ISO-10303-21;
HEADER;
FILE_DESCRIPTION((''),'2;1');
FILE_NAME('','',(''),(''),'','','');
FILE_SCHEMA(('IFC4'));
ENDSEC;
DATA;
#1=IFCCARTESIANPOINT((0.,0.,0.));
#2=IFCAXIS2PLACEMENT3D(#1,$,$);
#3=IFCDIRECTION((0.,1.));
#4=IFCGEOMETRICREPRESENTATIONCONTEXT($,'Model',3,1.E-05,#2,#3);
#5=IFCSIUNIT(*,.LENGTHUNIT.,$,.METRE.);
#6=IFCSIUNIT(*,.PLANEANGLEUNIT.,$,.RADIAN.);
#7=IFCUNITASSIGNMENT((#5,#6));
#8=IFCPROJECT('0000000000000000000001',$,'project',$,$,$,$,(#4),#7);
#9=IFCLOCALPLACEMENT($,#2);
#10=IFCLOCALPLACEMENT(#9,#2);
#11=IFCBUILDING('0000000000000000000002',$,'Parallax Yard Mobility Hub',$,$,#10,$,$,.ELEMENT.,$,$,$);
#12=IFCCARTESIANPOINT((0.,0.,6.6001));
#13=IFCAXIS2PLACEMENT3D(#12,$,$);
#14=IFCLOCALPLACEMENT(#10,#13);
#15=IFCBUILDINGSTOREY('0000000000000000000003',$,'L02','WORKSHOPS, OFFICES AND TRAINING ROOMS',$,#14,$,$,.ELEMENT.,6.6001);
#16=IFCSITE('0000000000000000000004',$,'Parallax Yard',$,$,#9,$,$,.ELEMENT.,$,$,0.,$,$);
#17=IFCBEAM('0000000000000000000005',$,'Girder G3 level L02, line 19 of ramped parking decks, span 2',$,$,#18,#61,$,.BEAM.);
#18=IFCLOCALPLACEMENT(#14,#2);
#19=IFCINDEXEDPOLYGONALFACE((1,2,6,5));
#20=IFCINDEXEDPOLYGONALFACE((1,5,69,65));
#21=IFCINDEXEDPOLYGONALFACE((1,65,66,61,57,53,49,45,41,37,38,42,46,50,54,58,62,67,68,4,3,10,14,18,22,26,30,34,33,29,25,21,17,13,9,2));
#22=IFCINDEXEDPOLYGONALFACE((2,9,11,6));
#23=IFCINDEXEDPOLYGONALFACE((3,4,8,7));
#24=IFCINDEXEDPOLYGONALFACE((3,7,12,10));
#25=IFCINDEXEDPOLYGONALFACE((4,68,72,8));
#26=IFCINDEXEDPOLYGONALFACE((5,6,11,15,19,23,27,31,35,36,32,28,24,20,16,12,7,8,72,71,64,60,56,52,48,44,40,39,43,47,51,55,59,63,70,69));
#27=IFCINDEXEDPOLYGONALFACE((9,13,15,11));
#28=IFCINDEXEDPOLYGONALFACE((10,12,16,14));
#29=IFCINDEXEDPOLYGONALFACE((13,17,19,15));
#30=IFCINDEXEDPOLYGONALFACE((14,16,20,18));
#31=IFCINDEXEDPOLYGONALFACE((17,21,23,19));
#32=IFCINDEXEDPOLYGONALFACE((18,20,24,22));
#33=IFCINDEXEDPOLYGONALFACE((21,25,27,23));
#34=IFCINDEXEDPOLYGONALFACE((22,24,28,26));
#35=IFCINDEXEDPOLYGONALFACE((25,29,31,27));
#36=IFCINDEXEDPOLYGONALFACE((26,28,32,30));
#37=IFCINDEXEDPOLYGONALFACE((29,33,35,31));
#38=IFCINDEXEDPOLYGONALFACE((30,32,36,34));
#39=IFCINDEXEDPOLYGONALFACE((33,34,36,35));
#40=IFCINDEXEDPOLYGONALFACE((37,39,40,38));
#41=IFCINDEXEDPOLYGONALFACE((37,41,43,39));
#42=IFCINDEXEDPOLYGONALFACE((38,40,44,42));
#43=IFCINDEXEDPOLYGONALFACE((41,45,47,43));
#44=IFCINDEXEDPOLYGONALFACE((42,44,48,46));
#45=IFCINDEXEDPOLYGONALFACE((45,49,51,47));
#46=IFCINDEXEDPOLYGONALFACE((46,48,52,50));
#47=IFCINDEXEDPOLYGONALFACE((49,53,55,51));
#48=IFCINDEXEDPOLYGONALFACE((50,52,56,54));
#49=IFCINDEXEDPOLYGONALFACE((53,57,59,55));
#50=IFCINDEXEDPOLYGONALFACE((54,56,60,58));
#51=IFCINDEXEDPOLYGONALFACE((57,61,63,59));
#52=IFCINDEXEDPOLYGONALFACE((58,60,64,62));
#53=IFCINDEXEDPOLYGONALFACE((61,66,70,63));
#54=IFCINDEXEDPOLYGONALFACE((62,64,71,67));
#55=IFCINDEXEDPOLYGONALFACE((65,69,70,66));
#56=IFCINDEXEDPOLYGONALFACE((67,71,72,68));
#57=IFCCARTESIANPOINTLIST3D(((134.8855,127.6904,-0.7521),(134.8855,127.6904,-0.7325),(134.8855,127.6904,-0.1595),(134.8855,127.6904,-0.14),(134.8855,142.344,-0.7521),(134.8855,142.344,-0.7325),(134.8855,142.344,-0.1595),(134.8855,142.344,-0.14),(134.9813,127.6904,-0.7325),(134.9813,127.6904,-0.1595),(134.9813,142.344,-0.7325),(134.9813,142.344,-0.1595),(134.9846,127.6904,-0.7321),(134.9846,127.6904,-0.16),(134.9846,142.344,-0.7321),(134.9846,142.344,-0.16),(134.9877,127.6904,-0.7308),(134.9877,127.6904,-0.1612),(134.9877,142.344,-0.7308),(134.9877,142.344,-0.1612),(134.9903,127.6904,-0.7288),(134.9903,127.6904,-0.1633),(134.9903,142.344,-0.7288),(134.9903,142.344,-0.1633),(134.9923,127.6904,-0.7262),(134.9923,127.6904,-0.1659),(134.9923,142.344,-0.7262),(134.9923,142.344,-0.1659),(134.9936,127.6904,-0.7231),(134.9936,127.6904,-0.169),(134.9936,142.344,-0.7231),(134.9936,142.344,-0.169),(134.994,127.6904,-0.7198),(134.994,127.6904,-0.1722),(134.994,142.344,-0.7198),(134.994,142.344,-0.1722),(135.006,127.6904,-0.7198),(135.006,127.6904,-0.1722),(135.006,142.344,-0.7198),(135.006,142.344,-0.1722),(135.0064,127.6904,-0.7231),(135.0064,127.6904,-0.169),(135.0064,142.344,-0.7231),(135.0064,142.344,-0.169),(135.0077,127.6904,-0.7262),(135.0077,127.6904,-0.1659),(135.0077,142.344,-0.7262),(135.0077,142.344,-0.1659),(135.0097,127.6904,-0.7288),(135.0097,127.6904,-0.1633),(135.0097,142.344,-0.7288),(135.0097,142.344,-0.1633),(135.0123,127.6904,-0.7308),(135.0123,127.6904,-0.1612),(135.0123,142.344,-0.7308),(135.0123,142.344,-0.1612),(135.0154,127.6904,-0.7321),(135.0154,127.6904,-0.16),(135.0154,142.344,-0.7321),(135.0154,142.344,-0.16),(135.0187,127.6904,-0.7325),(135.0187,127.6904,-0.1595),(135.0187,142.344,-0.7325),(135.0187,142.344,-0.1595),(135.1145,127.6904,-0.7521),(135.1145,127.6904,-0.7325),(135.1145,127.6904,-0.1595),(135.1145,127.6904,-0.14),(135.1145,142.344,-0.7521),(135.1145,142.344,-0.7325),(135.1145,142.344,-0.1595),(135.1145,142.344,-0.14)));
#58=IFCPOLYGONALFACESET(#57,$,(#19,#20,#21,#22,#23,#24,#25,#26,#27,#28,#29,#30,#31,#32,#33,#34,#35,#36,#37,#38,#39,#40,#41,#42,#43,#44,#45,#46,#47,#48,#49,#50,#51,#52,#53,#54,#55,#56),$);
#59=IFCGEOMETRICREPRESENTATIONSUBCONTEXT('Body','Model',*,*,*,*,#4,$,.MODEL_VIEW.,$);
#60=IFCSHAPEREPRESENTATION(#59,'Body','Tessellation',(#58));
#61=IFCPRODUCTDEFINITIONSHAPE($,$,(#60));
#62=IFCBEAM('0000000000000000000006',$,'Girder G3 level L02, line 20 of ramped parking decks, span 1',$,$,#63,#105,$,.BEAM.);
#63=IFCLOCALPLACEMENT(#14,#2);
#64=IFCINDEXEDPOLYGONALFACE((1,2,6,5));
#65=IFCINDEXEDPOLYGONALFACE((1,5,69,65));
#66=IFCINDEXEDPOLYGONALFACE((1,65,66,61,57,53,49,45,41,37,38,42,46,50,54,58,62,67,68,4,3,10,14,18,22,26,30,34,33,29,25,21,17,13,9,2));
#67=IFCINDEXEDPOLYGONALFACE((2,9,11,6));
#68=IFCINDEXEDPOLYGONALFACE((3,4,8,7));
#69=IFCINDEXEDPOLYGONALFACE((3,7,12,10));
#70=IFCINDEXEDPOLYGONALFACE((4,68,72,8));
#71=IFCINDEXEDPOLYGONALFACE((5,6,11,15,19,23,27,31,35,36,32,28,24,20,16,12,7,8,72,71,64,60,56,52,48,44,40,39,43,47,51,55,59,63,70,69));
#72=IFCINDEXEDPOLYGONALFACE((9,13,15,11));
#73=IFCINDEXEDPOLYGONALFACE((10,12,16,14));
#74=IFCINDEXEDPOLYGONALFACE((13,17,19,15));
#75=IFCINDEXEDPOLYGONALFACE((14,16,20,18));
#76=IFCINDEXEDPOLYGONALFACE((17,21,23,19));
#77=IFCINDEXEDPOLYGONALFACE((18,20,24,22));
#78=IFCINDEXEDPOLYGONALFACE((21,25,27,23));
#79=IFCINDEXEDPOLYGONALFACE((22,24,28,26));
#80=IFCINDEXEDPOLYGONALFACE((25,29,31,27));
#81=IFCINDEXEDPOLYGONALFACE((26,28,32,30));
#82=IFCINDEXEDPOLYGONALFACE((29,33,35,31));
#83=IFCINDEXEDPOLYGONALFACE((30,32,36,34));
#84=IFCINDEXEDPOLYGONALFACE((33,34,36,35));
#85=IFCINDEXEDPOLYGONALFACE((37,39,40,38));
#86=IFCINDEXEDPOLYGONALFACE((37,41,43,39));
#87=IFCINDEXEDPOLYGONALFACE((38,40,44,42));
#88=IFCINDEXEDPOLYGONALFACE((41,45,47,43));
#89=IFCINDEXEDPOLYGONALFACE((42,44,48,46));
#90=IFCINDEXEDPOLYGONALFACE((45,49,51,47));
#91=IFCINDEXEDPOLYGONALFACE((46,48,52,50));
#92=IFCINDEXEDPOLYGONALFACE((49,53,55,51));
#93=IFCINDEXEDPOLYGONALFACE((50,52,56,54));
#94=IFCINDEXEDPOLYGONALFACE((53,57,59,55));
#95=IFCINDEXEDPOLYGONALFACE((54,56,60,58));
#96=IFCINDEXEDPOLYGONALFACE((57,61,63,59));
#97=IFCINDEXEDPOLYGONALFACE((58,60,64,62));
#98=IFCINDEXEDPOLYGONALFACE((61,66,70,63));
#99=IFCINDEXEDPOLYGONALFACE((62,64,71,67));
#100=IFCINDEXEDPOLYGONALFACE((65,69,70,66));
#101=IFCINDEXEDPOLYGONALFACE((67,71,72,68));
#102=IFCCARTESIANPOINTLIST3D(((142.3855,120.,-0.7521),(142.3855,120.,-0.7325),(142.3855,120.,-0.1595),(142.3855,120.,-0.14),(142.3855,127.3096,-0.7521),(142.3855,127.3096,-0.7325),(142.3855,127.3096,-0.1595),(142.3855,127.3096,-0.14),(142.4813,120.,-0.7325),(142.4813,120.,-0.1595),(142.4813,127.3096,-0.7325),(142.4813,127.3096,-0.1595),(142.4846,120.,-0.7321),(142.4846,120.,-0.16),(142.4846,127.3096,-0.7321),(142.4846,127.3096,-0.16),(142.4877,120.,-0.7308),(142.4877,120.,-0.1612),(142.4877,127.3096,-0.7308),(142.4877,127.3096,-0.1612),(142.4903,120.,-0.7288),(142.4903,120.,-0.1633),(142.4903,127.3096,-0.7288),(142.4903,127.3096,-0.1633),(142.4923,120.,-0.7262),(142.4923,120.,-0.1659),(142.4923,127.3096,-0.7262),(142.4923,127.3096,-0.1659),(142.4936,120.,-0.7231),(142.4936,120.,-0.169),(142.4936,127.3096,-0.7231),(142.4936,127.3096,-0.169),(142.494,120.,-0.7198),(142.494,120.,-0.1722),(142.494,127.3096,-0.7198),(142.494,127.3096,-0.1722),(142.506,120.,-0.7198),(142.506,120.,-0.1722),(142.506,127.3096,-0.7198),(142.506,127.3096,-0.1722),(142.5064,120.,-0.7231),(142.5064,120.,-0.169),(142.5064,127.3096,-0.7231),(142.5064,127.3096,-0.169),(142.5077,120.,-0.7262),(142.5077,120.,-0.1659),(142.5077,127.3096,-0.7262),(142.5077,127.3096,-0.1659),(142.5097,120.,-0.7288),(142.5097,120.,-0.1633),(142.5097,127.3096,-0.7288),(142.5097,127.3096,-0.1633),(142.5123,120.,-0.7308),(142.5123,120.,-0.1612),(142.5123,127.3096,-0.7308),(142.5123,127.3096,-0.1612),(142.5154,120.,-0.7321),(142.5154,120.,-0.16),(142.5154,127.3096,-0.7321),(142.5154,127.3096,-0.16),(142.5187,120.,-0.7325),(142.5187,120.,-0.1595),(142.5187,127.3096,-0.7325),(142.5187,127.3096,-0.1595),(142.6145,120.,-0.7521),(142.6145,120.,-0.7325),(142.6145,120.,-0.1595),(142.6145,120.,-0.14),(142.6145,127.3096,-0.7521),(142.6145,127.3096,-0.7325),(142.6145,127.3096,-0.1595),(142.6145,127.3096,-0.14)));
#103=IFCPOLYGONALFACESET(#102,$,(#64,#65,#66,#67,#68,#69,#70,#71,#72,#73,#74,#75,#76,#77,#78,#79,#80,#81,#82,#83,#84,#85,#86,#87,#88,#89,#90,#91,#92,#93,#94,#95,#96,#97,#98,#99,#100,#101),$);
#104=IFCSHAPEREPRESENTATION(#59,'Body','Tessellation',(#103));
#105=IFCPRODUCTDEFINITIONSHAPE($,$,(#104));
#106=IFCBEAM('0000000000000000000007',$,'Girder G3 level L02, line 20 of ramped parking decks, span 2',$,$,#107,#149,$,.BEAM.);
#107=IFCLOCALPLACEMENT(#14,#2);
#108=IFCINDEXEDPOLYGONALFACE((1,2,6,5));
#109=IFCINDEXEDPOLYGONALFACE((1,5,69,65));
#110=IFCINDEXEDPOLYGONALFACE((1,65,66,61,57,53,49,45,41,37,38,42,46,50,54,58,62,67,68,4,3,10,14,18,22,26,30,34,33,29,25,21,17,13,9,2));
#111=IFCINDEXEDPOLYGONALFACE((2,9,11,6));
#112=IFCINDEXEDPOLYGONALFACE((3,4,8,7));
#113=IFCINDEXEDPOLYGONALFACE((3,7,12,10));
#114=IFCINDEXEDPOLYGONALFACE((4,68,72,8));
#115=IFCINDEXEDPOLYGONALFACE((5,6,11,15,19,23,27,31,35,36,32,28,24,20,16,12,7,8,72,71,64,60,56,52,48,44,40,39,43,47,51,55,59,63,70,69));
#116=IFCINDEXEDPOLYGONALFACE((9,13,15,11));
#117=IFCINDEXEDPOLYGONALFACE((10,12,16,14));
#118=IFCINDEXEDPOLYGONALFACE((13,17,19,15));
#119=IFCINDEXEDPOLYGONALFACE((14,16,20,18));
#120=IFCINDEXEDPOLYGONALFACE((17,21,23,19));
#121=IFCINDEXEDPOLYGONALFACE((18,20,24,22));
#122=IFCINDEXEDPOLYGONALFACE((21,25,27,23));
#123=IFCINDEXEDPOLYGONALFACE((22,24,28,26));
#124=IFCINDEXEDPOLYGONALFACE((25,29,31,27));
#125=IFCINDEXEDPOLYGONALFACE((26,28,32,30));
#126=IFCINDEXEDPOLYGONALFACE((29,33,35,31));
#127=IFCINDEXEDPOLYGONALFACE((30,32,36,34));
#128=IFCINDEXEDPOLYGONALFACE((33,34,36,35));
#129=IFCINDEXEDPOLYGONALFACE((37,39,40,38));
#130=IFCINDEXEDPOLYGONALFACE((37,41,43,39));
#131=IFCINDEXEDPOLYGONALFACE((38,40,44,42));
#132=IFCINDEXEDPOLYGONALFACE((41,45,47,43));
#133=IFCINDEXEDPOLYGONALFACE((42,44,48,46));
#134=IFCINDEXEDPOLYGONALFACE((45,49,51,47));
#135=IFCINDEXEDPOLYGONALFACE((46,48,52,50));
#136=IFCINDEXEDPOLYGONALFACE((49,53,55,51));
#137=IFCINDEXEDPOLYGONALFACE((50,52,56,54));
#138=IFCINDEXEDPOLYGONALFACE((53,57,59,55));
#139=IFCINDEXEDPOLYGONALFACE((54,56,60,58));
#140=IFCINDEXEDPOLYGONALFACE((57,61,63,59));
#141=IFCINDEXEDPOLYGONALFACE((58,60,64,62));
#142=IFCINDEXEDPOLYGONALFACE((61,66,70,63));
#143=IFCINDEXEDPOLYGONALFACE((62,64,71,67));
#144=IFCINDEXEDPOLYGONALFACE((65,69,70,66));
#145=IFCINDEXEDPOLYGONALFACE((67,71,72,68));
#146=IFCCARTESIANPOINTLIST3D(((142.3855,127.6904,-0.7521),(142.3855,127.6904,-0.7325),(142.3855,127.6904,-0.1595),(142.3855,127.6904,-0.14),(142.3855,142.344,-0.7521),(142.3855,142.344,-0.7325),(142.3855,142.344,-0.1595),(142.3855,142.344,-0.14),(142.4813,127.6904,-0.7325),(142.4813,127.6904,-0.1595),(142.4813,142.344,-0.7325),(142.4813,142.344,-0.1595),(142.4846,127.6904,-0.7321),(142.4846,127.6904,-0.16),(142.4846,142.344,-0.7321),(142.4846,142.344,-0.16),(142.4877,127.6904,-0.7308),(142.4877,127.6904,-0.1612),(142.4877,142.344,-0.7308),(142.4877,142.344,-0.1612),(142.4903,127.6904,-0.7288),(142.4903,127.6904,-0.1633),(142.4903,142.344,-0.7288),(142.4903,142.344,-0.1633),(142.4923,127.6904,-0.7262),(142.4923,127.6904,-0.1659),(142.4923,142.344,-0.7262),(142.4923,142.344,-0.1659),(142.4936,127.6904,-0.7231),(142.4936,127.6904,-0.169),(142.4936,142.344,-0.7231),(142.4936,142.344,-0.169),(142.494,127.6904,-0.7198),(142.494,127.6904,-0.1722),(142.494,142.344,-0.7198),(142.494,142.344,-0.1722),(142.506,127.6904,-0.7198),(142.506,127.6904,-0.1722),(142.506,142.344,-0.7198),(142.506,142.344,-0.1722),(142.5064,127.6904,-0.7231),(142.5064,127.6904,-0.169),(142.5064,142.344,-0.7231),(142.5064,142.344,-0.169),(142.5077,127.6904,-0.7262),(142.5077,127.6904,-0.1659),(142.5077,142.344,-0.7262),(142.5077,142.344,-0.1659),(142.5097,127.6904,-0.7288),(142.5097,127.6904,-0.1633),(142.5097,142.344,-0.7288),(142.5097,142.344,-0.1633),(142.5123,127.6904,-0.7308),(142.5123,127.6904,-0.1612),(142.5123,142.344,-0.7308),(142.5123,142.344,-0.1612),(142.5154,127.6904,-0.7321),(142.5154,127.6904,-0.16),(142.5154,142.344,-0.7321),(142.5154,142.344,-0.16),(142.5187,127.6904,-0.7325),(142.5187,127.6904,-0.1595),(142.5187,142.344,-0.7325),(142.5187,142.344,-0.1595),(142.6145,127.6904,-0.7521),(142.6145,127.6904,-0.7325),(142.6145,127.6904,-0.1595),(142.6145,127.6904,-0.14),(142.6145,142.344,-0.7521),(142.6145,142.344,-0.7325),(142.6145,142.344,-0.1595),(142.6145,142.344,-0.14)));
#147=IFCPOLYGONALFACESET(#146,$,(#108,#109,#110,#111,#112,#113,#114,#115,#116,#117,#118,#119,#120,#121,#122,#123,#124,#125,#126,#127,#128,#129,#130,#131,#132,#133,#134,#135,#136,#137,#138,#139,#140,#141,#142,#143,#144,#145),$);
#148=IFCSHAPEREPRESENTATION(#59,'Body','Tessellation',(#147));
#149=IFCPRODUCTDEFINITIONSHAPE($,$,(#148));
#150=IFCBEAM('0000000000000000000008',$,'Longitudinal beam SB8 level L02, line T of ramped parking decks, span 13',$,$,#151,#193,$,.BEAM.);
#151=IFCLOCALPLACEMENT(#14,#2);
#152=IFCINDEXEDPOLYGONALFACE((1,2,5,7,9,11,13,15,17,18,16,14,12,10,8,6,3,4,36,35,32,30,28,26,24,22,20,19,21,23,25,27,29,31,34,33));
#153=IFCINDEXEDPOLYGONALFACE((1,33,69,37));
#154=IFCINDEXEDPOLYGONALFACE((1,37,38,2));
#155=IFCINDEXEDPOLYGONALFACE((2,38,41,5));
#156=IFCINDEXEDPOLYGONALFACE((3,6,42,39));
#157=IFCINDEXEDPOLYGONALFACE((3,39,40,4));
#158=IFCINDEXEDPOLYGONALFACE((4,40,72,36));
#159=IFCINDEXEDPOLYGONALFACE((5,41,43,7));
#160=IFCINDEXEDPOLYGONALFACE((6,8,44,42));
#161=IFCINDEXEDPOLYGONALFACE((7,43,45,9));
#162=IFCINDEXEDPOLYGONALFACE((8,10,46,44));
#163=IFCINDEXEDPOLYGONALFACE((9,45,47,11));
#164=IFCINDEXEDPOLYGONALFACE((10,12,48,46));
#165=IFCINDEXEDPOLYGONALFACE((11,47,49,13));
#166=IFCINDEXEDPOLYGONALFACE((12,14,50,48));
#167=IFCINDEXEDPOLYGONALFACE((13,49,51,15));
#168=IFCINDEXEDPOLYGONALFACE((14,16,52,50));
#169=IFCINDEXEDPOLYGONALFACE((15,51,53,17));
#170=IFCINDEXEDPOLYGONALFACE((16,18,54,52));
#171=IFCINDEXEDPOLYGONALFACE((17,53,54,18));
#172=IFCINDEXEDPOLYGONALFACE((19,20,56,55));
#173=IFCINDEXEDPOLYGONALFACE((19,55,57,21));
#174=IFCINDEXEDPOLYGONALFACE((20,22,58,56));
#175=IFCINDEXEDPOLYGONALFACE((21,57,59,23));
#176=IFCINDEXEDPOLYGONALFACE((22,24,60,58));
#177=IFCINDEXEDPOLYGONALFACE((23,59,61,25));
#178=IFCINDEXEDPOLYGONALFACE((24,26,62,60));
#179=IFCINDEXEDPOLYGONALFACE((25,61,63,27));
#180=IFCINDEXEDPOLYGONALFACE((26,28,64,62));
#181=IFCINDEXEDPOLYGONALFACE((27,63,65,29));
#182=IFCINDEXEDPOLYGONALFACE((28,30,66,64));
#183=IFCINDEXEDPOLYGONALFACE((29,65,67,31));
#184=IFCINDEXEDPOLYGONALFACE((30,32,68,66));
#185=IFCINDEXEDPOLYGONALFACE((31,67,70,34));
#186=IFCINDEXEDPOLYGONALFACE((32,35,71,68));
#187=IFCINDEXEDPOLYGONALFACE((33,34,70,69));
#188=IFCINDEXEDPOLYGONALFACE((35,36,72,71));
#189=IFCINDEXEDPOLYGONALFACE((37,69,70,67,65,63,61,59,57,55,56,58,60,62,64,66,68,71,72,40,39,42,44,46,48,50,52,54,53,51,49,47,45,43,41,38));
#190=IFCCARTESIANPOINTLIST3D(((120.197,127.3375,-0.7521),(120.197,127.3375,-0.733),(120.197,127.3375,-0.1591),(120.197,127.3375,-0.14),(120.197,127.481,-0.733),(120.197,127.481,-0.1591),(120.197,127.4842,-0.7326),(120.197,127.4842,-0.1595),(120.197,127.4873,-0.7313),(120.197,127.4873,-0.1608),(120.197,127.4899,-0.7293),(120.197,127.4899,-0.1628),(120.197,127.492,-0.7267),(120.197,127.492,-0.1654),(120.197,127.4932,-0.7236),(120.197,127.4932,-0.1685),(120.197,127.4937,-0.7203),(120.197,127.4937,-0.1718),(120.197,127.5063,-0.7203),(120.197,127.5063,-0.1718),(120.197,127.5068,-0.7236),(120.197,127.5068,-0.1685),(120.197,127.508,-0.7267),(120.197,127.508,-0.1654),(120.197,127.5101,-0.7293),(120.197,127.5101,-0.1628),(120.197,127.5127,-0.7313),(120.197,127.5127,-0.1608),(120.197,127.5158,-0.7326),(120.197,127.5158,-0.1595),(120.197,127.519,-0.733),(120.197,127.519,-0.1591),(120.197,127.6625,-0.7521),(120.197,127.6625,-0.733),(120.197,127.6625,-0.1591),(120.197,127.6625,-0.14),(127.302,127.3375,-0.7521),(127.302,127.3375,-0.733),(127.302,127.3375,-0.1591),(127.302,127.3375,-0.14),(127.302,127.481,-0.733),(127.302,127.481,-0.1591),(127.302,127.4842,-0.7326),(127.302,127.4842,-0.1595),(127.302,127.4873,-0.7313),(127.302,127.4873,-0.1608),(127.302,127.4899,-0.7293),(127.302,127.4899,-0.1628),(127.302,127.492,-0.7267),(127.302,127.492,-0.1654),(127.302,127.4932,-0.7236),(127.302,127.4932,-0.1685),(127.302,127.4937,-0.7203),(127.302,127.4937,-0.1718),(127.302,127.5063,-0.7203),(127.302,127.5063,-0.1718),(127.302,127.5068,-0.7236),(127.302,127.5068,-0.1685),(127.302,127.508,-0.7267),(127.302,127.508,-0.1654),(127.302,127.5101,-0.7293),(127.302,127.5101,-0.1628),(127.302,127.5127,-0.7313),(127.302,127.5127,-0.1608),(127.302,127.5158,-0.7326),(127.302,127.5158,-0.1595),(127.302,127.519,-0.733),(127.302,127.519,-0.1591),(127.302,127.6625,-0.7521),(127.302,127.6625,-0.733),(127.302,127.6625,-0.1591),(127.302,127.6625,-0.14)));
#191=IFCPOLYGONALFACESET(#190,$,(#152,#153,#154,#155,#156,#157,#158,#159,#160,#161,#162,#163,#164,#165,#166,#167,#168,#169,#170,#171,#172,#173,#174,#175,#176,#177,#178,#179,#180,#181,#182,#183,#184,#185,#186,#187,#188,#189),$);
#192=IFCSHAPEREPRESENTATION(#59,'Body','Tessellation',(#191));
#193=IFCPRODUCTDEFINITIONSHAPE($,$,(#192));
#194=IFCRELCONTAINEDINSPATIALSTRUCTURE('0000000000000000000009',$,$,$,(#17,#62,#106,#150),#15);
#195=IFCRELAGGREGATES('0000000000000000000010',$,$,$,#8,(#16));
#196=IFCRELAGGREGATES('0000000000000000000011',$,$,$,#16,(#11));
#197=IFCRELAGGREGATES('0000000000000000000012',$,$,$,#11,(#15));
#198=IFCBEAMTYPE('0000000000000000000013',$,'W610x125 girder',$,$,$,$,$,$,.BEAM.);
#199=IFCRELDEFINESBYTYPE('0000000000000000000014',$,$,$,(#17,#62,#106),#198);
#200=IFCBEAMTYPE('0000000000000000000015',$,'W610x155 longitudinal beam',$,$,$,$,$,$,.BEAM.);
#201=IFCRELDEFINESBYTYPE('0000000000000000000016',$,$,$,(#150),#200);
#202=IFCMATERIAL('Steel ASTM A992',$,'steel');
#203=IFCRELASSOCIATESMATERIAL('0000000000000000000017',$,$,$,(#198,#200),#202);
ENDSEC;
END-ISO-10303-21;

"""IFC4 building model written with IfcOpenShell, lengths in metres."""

from ifc_helpers import new_model, si_unit, direction, frame, origin, origin_2d, place, context, subcontext, project, spatial, i_section, extrude, material, material_profile, profile_set, type_object, element, save


model = new_model("IFC4")

# Units and contexts
model_context = context("Model", 3, precision=1e-05, world=origin(), true_north=direction((0.0, 1.0)))
body_context = subcontext(model_context, "Body", "Model", "MODEL_VIEW")
ifc_project = project(units=[si_unit("LENGTHUNIT", "METRE"), si_unit("PLANEANGLEUNIT", "RADIAN")], contexts=[model_context])

# Site, building, storey
site_placement = place(None, origin())
site = spatial("IfcSite", under=ifc_project, at=site_placement, Name="Parallax Yard", CompositionType="ELEMENT", RefElevation=0.0)
building_placement = place(site_placement, origin())
building = spatial("IfcBuilding", under=site, at=building_placement, Name="Parallax Yard Mobility Hub", CompositionType="ELEMENT")
storey_placement = place(building_placement, frame((0.0, 0.0, 6.6001)))
storey = spatial("IfcBuildingStorey", under=building, at=storey_placement, Name="L02", Description="WORKSHOPS, OFFICES AND TRAINING ROOMS", CompositionType="ELEMENT", Elevation=6.6001)

# Shared definitions
ifc_material_1 = material(Name="Steel ASTM A992", Category="steel")

# Beams
ifc_material_profile_1 = material_profile(ifc_material_1, i_section(OverallWidth=0.229, OverallDepth=0.6121, WebThickness=0.012, FlangeThickness=0.0195, FilletRadius=0.0127, at=origin_2d()), Name="W610x125")
ifc_profile_set_1 = profile_set([ifc_material_profile_1], Name="Steel ASTM A992")
beam_type_1 = type_object("IfcBeamType", Name="W610x125 girder", PredefinedType="BEAM", material=ifc_profile_set_1)
for number, where, z_axis, x_axis, name in (
    (1, (135.0, 127.6904, -0.446), (0.0, 1.0, 0.0), (-1.0, 0.0, 0.0), "Girder G3 level L02, line 19 of ramped parking decks, span 2"),
):
    element("IfcBeam", number, at=place(storey_placement, frame(where, z_axis=z_axis, x_axis=x_axis)), inside=storey, type_object=beam_type_1, Name=name, PredefinedType="BEAM", context=body_context, shape_type="SweptSolid", body=[
        extrude(i_section(OverallWidth=0.229, OverallDepth=0.6121, WebThickness=0.012, FlangeThickness=0.0195, FilletRadius=0.0127, at=origin_2d()), origin(), (0.0, 0.0, 1.0), 14.6536),
    ])
beam_1_placement = place(storey_placement, frame((142.5, 120.0, -0.446), z_axis=(0.0, 1.0, 0.0), x_axis=(-1.0, 0.0, 0.0)))
element("IfcBeam", 2, at=beam_1_placement, inside=storey, type_object=beam_type_1, Name="Girder G3 level L02, line 20 of ramped parking decks, span 1", PredefinedType="BEAM", context=body_context, shape_type="SweptSolid", body=[
    extrude(i_section(OverallWidth=0.229, OverallDepth=0.6121, WebThickness=0.012, FlangeThickness=0.0195, FilletRadius=0.0127, at=origin_2d()), origin(), (0.0, 0.0, 1.0), 7.3096),
])
beam_2_placement = place(storey_placement, frame((142.5, 127.6904, -0.446), z_axis=(0.0, 1.0, 0.0), x_axis=(-1.0, 0.0, 0.0)))
element("IfcBeam", 3, at=beam_2_placement, inside=storey, type_object=beam_type_1, Name="Girder G3 level L02, line 20 of ramped parking decks, span 2", PredefinedType="BEAM", context=body_context, shape_type="SweptSolid", body=[
    extrude(i_section(OverallWidth=0.229, OverallDepth=0.6121, WebThickness=0.012, FlangeThickness=0.0195, FilletRadius=0.0127, at=origin_2d()), origin(), (0.0, 0.0, 1.0), 14.6536),
])
ifc_material_profile_2 = material_profile(ifc_material_1, i_section(OverallWidth=0.325, OverallDepth=0.6121, WebThickness=0.0127, FlangeThickness=0.019, FilletRadius=0.0127, at=origin_2d()), Name="W610x155")
ifc_profile_set_2 = profile_set([ifc_material_profile_2], Name="Steel ASTM A992")
beam_type_2 = type_object("IfcBeamType", Name="W610x155 longitudinal beam", PredefinedType="BEAM", material=ifc_profile_set_2)
beam_3_placement = place(storey_placement, frame((120.197, 127.5, -0.446), z_axis=(1.0, 0.0, 0.0), x_axis=(0.0, 1.0, 0.0)))
element("IfcBeam", 4, at=beam_3_placement, inside=storey, type_object=beam_type_2, Name="Longitudinal beam SB8 level L02, line T of ramped parking decks, span 13", PredefinedType="BEAM", context=body_context, shape_type="SweptSolid", body=[
    extrude(i_section(OverallWidth=0.325, OverallDepth=0.6121, WebThickness=0.0127, FlangeThickness=0.019, FilletRadius=0.0127, at=origin_2d()), origin(), (0.0, 0.0, 1.0), 7.105),
])

save(model, "model.ifc")
